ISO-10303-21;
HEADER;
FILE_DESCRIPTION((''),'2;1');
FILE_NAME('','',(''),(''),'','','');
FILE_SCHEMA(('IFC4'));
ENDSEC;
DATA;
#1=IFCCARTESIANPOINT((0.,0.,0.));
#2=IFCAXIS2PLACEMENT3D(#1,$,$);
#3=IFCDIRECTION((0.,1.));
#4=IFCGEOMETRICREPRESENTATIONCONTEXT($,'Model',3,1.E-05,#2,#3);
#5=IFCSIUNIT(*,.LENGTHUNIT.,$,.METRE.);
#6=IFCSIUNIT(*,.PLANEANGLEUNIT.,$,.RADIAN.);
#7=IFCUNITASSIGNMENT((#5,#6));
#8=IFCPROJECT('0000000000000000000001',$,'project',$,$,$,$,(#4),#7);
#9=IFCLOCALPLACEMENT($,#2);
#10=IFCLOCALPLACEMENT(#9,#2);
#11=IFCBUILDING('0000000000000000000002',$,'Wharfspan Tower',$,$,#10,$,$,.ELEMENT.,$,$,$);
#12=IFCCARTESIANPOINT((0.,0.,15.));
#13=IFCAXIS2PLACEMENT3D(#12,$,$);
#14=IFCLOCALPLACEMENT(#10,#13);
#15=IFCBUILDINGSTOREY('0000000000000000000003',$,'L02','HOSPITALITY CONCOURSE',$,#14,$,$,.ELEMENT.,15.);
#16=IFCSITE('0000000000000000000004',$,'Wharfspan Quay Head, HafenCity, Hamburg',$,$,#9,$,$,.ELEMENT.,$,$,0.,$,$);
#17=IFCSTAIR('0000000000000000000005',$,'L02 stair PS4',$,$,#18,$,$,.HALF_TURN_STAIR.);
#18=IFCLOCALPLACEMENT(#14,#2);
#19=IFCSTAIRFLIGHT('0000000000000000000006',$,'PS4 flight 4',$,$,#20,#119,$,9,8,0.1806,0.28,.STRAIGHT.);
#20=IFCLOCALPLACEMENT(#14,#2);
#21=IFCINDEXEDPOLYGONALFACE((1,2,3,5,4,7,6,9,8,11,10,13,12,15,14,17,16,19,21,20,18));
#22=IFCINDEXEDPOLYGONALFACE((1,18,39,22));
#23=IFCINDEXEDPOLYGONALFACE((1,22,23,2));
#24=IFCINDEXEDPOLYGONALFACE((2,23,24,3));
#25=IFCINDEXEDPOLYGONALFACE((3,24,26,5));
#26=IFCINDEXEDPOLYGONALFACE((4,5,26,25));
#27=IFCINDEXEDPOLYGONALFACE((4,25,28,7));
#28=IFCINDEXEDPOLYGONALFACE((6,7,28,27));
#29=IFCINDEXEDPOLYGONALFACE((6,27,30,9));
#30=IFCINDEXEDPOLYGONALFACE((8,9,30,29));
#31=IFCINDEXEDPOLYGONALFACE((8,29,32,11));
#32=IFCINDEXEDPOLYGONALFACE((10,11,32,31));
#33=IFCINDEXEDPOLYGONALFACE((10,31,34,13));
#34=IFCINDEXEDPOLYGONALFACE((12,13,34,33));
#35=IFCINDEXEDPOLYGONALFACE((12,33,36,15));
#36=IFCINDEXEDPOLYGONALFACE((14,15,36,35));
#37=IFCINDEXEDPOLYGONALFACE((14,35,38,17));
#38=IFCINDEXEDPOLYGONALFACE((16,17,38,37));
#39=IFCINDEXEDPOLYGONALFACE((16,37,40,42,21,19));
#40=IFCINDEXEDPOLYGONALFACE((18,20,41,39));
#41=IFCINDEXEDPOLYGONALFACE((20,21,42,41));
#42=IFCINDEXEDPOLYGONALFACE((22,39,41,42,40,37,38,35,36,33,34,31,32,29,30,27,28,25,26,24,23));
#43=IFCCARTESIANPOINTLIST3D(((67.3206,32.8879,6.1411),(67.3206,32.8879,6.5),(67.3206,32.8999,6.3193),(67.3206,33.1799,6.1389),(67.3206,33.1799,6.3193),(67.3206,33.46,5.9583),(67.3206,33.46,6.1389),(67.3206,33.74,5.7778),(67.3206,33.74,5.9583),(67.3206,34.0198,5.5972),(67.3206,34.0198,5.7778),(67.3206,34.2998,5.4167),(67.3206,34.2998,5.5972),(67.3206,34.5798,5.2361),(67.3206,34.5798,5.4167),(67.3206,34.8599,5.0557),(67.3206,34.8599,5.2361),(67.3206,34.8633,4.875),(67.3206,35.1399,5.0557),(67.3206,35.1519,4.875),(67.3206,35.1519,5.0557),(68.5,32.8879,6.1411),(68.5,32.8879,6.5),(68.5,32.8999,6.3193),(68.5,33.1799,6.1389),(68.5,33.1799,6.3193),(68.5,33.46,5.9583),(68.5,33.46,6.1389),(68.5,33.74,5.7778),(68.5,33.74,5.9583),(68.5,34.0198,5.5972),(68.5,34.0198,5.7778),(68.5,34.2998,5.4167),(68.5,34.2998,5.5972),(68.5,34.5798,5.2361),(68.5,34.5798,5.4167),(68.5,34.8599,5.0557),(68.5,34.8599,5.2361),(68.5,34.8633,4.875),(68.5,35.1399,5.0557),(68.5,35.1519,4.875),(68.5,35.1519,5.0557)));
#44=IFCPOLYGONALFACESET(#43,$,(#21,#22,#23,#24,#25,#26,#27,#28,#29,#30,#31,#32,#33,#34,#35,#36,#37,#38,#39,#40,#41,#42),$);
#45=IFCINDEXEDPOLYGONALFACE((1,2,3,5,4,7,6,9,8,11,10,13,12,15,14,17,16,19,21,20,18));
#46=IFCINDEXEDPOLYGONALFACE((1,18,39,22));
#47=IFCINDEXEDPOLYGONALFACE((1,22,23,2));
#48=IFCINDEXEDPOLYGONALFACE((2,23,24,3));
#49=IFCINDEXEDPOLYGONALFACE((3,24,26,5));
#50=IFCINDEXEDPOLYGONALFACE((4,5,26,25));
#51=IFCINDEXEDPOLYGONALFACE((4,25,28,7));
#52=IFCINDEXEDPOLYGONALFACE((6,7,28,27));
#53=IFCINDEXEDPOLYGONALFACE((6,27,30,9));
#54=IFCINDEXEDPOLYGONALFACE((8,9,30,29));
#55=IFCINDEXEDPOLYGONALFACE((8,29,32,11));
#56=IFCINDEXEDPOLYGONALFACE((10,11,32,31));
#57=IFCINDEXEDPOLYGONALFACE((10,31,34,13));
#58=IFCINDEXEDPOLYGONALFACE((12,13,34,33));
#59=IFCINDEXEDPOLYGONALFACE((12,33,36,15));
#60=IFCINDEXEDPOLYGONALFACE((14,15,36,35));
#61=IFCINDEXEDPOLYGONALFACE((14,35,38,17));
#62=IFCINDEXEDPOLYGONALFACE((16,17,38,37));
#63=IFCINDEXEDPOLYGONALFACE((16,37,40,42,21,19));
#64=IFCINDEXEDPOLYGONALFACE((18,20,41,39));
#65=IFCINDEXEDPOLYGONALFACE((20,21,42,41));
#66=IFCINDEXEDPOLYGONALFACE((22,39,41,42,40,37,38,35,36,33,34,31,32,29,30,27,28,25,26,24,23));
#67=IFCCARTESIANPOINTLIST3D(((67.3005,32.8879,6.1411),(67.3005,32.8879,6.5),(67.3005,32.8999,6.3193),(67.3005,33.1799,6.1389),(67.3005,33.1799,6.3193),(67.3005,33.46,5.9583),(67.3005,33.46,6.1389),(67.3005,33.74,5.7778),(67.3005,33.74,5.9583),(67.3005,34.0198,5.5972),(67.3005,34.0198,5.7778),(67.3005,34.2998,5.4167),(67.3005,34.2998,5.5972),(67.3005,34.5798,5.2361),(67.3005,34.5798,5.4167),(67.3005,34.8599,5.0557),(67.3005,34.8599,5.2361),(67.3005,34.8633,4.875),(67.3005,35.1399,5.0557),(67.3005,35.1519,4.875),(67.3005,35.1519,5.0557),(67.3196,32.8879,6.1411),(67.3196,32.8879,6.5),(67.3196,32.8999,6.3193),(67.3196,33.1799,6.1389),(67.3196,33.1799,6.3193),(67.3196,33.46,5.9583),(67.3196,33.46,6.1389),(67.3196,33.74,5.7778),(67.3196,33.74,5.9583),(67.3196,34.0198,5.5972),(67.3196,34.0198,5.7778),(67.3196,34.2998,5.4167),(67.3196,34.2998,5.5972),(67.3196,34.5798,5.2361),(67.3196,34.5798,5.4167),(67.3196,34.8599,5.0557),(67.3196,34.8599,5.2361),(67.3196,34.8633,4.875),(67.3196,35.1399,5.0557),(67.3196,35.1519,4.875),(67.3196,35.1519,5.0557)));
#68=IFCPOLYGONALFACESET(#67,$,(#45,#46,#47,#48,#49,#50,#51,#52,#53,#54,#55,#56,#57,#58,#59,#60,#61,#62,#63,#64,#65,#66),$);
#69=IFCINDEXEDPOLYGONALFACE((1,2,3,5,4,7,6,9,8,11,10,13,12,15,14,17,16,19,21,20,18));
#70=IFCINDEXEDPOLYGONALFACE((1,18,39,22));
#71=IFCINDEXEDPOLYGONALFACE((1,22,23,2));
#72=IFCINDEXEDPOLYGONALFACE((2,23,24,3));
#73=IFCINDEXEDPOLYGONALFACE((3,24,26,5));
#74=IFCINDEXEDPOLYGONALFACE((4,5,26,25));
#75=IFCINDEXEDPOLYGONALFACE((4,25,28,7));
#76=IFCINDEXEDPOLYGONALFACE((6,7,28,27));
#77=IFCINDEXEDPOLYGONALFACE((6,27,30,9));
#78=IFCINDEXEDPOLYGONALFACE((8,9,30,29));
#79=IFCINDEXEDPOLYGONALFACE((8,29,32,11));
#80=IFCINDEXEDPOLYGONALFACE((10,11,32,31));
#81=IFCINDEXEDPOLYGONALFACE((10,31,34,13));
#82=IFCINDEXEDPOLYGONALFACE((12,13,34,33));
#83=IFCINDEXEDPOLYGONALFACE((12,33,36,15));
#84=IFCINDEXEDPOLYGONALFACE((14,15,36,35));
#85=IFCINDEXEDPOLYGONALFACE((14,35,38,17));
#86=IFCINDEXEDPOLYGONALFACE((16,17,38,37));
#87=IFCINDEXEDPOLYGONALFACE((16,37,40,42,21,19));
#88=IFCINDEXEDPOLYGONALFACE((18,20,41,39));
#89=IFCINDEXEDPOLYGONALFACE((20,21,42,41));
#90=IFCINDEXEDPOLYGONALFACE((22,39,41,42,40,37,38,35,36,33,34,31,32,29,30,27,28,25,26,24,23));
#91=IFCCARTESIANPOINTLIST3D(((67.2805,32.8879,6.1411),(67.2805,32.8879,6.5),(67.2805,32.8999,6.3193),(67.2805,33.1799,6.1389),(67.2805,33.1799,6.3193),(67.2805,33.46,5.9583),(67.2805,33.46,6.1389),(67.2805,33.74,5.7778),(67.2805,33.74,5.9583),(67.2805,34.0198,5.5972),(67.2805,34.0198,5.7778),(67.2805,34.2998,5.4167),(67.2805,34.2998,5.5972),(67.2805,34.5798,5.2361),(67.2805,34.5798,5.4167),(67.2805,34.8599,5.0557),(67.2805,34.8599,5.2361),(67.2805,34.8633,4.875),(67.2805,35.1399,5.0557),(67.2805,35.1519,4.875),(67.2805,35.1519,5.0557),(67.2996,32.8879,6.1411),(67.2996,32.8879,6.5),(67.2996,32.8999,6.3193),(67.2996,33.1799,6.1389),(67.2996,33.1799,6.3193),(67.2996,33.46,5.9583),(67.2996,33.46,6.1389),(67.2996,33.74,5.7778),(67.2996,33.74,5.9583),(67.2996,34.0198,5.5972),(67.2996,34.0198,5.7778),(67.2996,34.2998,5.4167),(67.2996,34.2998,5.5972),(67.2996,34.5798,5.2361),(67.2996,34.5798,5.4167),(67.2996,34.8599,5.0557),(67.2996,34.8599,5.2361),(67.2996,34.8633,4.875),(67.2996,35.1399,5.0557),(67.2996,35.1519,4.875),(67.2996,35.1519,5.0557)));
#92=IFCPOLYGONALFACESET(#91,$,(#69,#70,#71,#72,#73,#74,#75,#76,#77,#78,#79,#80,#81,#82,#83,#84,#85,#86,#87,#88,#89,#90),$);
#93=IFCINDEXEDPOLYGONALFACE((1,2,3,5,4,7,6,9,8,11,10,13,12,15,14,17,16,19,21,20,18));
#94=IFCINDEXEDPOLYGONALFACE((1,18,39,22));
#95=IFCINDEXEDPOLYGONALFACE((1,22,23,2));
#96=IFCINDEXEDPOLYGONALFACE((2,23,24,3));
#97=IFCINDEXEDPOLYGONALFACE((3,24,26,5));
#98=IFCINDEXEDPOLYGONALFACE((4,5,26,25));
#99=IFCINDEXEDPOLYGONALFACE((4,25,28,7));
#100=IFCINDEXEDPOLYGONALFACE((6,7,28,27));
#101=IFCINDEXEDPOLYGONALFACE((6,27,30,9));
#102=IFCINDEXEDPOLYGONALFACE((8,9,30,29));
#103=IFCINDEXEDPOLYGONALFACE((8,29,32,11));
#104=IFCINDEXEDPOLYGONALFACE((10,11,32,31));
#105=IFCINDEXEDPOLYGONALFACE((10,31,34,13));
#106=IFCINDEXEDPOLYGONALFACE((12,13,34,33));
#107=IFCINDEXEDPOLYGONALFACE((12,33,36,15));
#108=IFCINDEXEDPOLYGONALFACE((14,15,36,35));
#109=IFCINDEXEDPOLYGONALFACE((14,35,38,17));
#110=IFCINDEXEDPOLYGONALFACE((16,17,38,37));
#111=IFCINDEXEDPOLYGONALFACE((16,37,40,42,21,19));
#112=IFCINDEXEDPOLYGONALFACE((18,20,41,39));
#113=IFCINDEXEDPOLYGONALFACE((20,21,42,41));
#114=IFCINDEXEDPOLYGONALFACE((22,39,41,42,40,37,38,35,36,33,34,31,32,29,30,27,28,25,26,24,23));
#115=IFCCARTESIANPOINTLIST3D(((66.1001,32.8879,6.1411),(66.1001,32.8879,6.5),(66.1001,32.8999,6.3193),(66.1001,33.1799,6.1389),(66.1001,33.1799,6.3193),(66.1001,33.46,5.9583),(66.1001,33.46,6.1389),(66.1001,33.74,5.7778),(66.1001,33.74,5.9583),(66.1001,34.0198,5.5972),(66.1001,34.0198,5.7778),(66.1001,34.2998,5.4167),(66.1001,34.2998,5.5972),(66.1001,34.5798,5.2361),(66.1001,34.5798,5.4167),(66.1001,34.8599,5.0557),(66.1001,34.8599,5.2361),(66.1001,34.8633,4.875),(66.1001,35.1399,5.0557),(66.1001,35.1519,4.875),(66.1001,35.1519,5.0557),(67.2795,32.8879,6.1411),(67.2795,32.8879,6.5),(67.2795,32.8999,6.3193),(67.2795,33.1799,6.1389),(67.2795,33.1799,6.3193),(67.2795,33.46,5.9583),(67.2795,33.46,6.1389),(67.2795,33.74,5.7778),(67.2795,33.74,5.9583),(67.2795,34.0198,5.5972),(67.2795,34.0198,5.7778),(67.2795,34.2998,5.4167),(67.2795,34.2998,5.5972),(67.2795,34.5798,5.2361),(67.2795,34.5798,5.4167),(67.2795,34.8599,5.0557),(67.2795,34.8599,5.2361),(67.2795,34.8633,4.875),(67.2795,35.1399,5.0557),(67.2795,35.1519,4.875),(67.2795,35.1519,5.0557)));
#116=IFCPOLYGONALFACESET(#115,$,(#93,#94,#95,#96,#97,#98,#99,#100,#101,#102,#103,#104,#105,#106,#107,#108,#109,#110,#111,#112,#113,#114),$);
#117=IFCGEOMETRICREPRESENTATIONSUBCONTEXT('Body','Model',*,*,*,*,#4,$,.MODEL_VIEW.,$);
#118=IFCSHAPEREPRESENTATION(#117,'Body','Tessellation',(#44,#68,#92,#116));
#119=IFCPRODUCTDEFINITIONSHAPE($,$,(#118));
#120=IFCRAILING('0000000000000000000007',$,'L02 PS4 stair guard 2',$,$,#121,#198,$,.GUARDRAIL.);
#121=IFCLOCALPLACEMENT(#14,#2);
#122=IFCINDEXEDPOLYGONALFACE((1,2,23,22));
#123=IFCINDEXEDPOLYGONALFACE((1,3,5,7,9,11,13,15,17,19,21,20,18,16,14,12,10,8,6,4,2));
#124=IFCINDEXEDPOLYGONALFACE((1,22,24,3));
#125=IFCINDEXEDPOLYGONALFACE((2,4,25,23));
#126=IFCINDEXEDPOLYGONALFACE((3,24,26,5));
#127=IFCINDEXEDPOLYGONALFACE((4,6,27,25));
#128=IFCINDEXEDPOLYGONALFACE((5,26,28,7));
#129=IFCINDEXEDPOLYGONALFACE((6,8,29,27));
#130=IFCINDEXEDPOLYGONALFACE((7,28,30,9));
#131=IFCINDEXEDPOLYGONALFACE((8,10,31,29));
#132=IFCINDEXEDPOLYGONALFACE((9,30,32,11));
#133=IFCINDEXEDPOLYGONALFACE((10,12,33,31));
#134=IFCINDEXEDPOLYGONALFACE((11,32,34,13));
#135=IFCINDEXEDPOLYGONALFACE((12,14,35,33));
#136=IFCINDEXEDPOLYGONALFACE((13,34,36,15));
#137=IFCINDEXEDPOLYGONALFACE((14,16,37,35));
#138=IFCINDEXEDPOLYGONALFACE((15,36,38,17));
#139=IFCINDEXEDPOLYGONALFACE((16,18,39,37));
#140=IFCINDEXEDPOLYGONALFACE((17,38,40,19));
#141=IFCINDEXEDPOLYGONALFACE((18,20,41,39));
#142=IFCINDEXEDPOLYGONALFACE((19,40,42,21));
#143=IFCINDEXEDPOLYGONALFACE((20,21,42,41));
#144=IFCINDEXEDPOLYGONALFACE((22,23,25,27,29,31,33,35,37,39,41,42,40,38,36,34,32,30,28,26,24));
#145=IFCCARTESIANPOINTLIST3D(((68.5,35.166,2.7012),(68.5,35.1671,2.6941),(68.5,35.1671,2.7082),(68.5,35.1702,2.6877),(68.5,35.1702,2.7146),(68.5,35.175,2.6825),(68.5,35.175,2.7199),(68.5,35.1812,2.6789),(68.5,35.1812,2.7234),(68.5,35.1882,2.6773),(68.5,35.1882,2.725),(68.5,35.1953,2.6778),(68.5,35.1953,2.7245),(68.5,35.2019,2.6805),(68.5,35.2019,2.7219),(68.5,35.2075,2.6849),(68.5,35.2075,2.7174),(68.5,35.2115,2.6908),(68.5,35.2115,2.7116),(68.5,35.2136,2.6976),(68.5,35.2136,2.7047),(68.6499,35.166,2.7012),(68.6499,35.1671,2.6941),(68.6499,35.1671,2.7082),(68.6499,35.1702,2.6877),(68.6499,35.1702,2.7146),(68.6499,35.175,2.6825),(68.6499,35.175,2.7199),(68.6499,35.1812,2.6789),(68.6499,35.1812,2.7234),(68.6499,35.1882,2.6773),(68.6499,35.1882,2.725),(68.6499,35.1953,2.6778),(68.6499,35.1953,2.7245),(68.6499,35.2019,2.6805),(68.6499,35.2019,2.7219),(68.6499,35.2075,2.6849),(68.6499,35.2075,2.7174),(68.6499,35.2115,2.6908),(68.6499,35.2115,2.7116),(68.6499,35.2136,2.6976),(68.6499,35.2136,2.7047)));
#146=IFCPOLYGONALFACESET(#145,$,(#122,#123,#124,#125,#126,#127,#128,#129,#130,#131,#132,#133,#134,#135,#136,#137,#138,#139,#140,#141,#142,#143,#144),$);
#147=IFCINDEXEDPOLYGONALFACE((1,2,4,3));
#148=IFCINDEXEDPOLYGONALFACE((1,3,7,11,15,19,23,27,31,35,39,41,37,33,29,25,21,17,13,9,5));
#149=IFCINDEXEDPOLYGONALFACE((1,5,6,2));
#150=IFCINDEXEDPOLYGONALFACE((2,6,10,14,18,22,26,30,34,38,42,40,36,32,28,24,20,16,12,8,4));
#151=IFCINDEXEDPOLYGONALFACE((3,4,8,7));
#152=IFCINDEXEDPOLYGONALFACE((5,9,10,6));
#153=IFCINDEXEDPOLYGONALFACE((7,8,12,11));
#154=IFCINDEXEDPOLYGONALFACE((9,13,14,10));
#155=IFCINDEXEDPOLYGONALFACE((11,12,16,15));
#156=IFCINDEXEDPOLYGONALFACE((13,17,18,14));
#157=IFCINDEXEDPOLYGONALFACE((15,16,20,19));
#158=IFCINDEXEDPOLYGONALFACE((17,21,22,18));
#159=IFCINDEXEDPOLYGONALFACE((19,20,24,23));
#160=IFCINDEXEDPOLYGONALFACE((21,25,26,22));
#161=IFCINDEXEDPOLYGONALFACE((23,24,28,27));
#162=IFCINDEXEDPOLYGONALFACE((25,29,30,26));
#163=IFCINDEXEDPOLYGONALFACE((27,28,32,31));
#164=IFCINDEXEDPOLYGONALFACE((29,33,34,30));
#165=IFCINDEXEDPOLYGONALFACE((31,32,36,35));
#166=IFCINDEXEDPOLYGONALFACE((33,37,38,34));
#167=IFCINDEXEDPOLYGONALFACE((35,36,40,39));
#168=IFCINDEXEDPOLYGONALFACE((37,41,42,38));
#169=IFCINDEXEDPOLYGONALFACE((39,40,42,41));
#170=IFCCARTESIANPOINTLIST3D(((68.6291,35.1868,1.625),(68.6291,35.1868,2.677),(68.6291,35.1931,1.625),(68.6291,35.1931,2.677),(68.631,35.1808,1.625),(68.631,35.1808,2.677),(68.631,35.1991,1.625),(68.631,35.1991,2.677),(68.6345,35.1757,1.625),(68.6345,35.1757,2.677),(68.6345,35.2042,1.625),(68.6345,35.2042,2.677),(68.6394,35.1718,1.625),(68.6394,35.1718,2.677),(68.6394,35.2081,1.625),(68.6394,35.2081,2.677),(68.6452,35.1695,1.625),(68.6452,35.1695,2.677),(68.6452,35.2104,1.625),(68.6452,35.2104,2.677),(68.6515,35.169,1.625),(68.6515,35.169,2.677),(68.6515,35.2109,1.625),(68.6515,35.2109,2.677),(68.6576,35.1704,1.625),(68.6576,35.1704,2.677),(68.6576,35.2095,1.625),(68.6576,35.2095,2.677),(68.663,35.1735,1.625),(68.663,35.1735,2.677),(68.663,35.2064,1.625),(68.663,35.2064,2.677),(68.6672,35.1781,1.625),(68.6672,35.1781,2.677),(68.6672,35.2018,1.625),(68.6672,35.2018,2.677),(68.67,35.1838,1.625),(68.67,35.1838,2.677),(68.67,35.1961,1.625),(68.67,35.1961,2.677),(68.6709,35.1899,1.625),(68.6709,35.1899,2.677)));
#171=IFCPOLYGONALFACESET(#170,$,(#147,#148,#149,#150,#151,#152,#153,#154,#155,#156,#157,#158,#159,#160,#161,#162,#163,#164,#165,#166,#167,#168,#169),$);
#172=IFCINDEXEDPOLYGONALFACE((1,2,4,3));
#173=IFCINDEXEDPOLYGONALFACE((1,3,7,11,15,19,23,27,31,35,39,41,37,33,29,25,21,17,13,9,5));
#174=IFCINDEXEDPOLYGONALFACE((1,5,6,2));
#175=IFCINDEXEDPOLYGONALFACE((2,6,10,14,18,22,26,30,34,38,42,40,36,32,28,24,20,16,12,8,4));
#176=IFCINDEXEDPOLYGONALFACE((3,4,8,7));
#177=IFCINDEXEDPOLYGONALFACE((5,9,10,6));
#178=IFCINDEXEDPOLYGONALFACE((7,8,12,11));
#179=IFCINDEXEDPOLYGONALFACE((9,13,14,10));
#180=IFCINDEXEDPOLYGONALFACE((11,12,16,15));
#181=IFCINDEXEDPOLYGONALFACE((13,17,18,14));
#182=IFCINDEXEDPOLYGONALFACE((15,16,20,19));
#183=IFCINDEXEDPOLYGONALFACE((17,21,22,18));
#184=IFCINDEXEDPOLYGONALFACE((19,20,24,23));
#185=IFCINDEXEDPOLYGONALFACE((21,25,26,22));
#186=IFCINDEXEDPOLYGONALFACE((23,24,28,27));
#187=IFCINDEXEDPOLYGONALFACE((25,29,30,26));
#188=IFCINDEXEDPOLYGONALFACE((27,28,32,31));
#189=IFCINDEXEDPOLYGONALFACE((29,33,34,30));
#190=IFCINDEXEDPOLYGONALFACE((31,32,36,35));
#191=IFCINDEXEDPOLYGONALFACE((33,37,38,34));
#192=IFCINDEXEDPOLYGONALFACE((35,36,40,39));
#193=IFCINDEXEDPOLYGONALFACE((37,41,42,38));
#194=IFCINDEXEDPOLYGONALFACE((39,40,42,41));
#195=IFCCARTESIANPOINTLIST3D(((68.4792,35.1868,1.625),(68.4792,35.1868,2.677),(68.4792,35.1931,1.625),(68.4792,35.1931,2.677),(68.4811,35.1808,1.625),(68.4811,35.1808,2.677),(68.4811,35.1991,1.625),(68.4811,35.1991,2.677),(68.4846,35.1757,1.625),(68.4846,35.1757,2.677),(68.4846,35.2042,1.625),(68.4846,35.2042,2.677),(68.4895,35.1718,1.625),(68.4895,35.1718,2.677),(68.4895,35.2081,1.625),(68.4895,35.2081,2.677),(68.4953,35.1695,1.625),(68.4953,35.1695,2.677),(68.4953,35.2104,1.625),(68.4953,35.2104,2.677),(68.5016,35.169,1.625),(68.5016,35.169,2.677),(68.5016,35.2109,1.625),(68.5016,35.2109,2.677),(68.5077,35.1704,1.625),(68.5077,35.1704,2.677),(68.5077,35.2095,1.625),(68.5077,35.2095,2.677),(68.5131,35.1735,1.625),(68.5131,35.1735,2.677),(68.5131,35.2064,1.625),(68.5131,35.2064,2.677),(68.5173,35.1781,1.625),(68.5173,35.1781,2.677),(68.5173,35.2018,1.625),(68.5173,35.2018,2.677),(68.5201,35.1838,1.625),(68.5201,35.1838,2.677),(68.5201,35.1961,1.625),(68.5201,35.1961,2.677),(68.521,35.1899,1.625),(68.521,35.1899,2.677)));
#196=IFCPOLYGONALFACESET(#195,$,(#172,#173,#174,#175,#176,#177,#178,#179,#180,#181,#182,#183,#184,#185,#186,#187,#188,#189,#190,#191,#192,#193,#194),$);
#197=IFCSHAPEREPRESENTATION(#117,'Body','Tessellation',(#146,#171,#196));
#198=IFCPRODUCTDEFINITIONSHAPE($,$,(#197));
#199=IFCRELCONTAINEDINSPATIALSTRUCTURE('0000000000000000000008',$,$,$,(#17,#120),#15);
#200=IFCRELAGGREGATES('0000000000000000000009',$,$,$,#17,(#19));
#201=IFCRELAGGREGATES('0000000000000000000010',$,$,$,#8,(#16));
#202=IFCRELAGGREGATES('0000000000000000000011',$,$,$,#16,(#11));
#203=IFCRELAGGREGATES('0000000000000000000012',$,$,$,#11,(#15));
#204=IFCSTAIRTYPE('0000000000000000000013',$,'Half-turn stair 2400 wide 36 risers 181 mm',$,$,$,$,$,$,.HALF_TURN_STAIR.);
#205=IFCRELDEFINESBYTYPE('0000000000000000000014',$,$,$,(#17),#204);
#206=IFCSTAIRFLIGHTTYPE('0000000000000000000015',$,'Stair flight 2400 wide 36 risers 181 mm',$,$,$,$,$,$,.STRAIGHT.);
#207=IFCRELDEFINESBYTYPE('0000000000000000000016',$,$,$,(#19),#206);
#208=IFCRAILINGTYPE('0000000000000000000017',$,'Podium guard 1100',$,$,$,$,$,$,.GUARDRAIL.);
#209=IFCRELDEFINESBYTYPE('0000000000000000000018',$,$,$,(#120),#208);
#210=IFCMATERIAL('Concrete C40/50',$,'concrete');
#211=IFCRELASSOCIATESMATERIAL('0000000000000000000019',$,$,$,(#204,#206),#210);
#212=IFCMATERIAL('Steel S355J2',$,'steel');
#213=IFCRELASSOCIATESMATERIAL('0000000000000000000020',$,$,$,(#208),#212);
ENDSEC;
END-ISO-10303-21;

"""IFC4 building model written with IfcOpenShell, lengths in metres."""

from ifc_helpers import new_model, si_unit, direction, frame, origin, origin_2d, place, context, subcontext, project, spatial, polyline, circle, outline, extrude, material, type_object, element, aggregate, save


model = new_model("IFC4")

# Units and contexts
model_context = context("Model", 3, precision=1e-05, world=origin(), true_north=direction((0.0, 1.0)))
body_context = subcontext(model_context, "Body", "Model", "MODEL_VIEW")
ifc_project = project(units=[si_unit("LENGTHUNIT", "METRE"), si_unit("PLANEANGLEUNIT", "RADIAN")], contexts=[model_context])

# Site, building, storey
site_placement = place(None, origin())
site = spatial("IfcSite", under=ifc_project, at=site_placement, Name="Wharfspan Quay Head, HafenCity, Hamburg", CompositionType="ELEMENT", RefElevation=0.0)
building_placement = place(site_placement, origin())
building = spatial("IfcBuilding", under=site, at=building_placement, Name="Wharfspan Tower", CompositionType="ELEMENT")
storey_placement = place(building_placement, frame((0.0, 0.0, 15.0)))
storey = spatial("IfcBuildingStorey", under=building, at=storey_placement, Name="L02", Description="HOSPITALITY CONCOURSE", CompositionType="ELEMENT", Elevation=15.0)

# Shared definitions
ifc_material_1 = material(Name="Concrete C40/50", Category="concrete")

# Stair, stair flight
stair_type = type_object("IfcStairType", Name="Half-turn stair 2400 wide 36 risers 181 mm", PredefinedType="HALF_TURN_STAIR", material=ifc_material_1)
stair_placement = place(storey_placement, origin())
stair = element("IfcStair", 1, at=stair_placement, inside=storey, type_object=stair_type, Name="L02 stair PS4", PredefinedType="HALF_TURN_STAIR")
stair_flight_type = type_object("IfcStairFlightType", Name="Stair flight 2400 wide 36 risers 181 mm", PredefinedType="STRAIGHT", material=ifc_material_1)
stair_flight_1_placement = place(storey_placement, frame((67.3, 35.1399, 4.875), z_axis=(0.0, 0.0, 1.0), x_axis=(0.0, -1.0, 0.0)))
stair_flight_1 = element("IfcStairFlight", 2, at=stair_flight_1_placement, type_object=stair_flight_type, Name="PS4 flight 4", NumberOfRisers=9, NumberOfTreads=8, PredefinedType="STRAIGHT", RiserHeight=0.1806, TreadLength=0.28, context=body_context, shape_type="SweptSolid", body=[
    extrude(outline(polyline([(-0.012, 0.0), (-0.012, 0.1807), (0.0, 0.1807), (0.28, 0.1807), (0.28, 0.3611), (0.5601, 0.3611), (0.5601, 0.5417), (0.8401, 0.5417), (0.8401, 0.7222), (1.1201, 0.7222), (1.1201, 0.9028), (1.3999, 0.9028), (1.3999, 1.0833), (1.6799, 1.0833), (1.6799, 1.2639), (1.96, 1.2639), (1.96, 1.4443), (2.24, 1.4443), (2.252, 1.625), (2.252, 1.2661), (0.2766, 0.0), (-0.012, 0.0)])), frame((0.0, 1.2, 0.0), z_axis=(0.0, -1.0, 0.0), x_axis=(1.0, 0.0, 0.0)), (0.0, 0.0, 1.0), 1.1794),
    extrude(outline(polyline([(-0.012, 0.0), (-0.012, 0.1807), (0.0, 0.1807), (0.28, 0.1807), (0.28, 0.3611), (0.5601, 0.3611), (0.5601, 0.5417), (0.8401, 0.5417), (0.8401, 0.7222), (1.1201, 0.7222), (1.1201, 0.9028), (1.3999, 0.9028), (1.3999, 1.0833), (1.6799, 1.0833), (1.6799, 1.2639), (1.96, 1.2639), (1.96, 1.4443), (2.24, 1.4443), (2.252, 1.625), (2.252, 1.2661), (0.2766, 0.0), (-0.012, 0.0)])), frame((0.0, 0.0195, 0.0), z_axis=(0.0, -1.0, 0.0), x_axis=(1.0, 0.0, 0.0)), (0.0, 0.0, 1.0), 0.019),
    extrude(outline(polyline([(-0.012, 0.0), (-0.012, 0.1807), (0.0, 0.1807), (0.28, 0.1807), (0.28, 0.3611), (0.5601, 0.3611), (0.5601, 0.5417), (0.8401, 0.5417), (0.8401, 0.7222), (1.1201, 0.7222), (1.1201, 0.9028), (1.3999, 0.9028), (1.3999, 1.0833), (1.6799, 1.0833), (1.6799, 1.2639), (1.96, 1.2639), (1.96, 1.4443), (2.24, 1.4443), (2.252, 1.625), (2.252, 1.2661), (0.2766, 0.0), (-0.012, 0.0)])), frame((0.0, -0.0005, 0.0), z_axis=(0.0, -1.0, 0.0), x_axis=(1.0, 0.0, 0.0)), (0.0, 0.0, 1.0), 0.019),
    extrude(outline(polyline([(-0.012, 0.0), (-0.012, 0.1807), (0.0, 0.1807), (0.28, 0.1807), (0.28, 0.3611), (0.5601, 0.3611), (0.5601, 0.5417), (0.8401, 0.5417), (0.8401, 0.7222), (1.1201, 0.7222), (1.1201, 0.9028), (1.3999, 0.9028), (1.3999, 1.0833), (1.6799, 1.0833), (1.6799, 1.2639), (1.96, 1.2639), (1.96, 1.4443), (2.24, 1.4443), (2.252, 1.625), (2.252, 1.2661), (0.2766, 0.0), (-0.012, 0.0)])), frame((0.0, -0.0205, 0.0), z_axis=(0.0, -1.0, 0.0), x_axis=(1.0, 0.0, 0.0)), (0.0, 0.0, 1.0), 1.1794),
])
aggregate(stair, [stair_flight_1])

# Railing
ifc_material_2 = material(Name="Steel S355J2", Category="steel")
railing_type_1 = type_object("IfcRailingType", Name="Podium guard 1100", PredefinedType="GUARDRAIL", material=ifc_material_2)
railing_1_placement = place(storey_placement, frame((68.6499, 35.1899, 1.625)))
element("IfcRailing", 3, at=railing_1_placement, inside=storey, type_object=railing_type_1, Name="L02 PS4 stair guard 2", PredefinedType="GUARDRAIL", context=body_context, shape_type="SweptSolid", body=[
    extrude(circle(Radius=0.0239, at=origin_2d()), frame((0.0, 0.0, 1.0762), z_axis=(-1.0, 0.0, 0.0), x_axis=(0.0, -1.0, 0.0)), (0.0, 0.0, 1.0), 0.1499),
    extrude(circle(Radius=0.021, at=origin_2d()), origin(), (0.0, 0.0, 1.0), 1.052),
    extrude(circle(Radius=0.021, at=origin_2d()), frame((-0.1499, 0.0, 0.0)), (0.0, 0.0, 1.0), 1.052),
])

save(model, "model.ifc")
